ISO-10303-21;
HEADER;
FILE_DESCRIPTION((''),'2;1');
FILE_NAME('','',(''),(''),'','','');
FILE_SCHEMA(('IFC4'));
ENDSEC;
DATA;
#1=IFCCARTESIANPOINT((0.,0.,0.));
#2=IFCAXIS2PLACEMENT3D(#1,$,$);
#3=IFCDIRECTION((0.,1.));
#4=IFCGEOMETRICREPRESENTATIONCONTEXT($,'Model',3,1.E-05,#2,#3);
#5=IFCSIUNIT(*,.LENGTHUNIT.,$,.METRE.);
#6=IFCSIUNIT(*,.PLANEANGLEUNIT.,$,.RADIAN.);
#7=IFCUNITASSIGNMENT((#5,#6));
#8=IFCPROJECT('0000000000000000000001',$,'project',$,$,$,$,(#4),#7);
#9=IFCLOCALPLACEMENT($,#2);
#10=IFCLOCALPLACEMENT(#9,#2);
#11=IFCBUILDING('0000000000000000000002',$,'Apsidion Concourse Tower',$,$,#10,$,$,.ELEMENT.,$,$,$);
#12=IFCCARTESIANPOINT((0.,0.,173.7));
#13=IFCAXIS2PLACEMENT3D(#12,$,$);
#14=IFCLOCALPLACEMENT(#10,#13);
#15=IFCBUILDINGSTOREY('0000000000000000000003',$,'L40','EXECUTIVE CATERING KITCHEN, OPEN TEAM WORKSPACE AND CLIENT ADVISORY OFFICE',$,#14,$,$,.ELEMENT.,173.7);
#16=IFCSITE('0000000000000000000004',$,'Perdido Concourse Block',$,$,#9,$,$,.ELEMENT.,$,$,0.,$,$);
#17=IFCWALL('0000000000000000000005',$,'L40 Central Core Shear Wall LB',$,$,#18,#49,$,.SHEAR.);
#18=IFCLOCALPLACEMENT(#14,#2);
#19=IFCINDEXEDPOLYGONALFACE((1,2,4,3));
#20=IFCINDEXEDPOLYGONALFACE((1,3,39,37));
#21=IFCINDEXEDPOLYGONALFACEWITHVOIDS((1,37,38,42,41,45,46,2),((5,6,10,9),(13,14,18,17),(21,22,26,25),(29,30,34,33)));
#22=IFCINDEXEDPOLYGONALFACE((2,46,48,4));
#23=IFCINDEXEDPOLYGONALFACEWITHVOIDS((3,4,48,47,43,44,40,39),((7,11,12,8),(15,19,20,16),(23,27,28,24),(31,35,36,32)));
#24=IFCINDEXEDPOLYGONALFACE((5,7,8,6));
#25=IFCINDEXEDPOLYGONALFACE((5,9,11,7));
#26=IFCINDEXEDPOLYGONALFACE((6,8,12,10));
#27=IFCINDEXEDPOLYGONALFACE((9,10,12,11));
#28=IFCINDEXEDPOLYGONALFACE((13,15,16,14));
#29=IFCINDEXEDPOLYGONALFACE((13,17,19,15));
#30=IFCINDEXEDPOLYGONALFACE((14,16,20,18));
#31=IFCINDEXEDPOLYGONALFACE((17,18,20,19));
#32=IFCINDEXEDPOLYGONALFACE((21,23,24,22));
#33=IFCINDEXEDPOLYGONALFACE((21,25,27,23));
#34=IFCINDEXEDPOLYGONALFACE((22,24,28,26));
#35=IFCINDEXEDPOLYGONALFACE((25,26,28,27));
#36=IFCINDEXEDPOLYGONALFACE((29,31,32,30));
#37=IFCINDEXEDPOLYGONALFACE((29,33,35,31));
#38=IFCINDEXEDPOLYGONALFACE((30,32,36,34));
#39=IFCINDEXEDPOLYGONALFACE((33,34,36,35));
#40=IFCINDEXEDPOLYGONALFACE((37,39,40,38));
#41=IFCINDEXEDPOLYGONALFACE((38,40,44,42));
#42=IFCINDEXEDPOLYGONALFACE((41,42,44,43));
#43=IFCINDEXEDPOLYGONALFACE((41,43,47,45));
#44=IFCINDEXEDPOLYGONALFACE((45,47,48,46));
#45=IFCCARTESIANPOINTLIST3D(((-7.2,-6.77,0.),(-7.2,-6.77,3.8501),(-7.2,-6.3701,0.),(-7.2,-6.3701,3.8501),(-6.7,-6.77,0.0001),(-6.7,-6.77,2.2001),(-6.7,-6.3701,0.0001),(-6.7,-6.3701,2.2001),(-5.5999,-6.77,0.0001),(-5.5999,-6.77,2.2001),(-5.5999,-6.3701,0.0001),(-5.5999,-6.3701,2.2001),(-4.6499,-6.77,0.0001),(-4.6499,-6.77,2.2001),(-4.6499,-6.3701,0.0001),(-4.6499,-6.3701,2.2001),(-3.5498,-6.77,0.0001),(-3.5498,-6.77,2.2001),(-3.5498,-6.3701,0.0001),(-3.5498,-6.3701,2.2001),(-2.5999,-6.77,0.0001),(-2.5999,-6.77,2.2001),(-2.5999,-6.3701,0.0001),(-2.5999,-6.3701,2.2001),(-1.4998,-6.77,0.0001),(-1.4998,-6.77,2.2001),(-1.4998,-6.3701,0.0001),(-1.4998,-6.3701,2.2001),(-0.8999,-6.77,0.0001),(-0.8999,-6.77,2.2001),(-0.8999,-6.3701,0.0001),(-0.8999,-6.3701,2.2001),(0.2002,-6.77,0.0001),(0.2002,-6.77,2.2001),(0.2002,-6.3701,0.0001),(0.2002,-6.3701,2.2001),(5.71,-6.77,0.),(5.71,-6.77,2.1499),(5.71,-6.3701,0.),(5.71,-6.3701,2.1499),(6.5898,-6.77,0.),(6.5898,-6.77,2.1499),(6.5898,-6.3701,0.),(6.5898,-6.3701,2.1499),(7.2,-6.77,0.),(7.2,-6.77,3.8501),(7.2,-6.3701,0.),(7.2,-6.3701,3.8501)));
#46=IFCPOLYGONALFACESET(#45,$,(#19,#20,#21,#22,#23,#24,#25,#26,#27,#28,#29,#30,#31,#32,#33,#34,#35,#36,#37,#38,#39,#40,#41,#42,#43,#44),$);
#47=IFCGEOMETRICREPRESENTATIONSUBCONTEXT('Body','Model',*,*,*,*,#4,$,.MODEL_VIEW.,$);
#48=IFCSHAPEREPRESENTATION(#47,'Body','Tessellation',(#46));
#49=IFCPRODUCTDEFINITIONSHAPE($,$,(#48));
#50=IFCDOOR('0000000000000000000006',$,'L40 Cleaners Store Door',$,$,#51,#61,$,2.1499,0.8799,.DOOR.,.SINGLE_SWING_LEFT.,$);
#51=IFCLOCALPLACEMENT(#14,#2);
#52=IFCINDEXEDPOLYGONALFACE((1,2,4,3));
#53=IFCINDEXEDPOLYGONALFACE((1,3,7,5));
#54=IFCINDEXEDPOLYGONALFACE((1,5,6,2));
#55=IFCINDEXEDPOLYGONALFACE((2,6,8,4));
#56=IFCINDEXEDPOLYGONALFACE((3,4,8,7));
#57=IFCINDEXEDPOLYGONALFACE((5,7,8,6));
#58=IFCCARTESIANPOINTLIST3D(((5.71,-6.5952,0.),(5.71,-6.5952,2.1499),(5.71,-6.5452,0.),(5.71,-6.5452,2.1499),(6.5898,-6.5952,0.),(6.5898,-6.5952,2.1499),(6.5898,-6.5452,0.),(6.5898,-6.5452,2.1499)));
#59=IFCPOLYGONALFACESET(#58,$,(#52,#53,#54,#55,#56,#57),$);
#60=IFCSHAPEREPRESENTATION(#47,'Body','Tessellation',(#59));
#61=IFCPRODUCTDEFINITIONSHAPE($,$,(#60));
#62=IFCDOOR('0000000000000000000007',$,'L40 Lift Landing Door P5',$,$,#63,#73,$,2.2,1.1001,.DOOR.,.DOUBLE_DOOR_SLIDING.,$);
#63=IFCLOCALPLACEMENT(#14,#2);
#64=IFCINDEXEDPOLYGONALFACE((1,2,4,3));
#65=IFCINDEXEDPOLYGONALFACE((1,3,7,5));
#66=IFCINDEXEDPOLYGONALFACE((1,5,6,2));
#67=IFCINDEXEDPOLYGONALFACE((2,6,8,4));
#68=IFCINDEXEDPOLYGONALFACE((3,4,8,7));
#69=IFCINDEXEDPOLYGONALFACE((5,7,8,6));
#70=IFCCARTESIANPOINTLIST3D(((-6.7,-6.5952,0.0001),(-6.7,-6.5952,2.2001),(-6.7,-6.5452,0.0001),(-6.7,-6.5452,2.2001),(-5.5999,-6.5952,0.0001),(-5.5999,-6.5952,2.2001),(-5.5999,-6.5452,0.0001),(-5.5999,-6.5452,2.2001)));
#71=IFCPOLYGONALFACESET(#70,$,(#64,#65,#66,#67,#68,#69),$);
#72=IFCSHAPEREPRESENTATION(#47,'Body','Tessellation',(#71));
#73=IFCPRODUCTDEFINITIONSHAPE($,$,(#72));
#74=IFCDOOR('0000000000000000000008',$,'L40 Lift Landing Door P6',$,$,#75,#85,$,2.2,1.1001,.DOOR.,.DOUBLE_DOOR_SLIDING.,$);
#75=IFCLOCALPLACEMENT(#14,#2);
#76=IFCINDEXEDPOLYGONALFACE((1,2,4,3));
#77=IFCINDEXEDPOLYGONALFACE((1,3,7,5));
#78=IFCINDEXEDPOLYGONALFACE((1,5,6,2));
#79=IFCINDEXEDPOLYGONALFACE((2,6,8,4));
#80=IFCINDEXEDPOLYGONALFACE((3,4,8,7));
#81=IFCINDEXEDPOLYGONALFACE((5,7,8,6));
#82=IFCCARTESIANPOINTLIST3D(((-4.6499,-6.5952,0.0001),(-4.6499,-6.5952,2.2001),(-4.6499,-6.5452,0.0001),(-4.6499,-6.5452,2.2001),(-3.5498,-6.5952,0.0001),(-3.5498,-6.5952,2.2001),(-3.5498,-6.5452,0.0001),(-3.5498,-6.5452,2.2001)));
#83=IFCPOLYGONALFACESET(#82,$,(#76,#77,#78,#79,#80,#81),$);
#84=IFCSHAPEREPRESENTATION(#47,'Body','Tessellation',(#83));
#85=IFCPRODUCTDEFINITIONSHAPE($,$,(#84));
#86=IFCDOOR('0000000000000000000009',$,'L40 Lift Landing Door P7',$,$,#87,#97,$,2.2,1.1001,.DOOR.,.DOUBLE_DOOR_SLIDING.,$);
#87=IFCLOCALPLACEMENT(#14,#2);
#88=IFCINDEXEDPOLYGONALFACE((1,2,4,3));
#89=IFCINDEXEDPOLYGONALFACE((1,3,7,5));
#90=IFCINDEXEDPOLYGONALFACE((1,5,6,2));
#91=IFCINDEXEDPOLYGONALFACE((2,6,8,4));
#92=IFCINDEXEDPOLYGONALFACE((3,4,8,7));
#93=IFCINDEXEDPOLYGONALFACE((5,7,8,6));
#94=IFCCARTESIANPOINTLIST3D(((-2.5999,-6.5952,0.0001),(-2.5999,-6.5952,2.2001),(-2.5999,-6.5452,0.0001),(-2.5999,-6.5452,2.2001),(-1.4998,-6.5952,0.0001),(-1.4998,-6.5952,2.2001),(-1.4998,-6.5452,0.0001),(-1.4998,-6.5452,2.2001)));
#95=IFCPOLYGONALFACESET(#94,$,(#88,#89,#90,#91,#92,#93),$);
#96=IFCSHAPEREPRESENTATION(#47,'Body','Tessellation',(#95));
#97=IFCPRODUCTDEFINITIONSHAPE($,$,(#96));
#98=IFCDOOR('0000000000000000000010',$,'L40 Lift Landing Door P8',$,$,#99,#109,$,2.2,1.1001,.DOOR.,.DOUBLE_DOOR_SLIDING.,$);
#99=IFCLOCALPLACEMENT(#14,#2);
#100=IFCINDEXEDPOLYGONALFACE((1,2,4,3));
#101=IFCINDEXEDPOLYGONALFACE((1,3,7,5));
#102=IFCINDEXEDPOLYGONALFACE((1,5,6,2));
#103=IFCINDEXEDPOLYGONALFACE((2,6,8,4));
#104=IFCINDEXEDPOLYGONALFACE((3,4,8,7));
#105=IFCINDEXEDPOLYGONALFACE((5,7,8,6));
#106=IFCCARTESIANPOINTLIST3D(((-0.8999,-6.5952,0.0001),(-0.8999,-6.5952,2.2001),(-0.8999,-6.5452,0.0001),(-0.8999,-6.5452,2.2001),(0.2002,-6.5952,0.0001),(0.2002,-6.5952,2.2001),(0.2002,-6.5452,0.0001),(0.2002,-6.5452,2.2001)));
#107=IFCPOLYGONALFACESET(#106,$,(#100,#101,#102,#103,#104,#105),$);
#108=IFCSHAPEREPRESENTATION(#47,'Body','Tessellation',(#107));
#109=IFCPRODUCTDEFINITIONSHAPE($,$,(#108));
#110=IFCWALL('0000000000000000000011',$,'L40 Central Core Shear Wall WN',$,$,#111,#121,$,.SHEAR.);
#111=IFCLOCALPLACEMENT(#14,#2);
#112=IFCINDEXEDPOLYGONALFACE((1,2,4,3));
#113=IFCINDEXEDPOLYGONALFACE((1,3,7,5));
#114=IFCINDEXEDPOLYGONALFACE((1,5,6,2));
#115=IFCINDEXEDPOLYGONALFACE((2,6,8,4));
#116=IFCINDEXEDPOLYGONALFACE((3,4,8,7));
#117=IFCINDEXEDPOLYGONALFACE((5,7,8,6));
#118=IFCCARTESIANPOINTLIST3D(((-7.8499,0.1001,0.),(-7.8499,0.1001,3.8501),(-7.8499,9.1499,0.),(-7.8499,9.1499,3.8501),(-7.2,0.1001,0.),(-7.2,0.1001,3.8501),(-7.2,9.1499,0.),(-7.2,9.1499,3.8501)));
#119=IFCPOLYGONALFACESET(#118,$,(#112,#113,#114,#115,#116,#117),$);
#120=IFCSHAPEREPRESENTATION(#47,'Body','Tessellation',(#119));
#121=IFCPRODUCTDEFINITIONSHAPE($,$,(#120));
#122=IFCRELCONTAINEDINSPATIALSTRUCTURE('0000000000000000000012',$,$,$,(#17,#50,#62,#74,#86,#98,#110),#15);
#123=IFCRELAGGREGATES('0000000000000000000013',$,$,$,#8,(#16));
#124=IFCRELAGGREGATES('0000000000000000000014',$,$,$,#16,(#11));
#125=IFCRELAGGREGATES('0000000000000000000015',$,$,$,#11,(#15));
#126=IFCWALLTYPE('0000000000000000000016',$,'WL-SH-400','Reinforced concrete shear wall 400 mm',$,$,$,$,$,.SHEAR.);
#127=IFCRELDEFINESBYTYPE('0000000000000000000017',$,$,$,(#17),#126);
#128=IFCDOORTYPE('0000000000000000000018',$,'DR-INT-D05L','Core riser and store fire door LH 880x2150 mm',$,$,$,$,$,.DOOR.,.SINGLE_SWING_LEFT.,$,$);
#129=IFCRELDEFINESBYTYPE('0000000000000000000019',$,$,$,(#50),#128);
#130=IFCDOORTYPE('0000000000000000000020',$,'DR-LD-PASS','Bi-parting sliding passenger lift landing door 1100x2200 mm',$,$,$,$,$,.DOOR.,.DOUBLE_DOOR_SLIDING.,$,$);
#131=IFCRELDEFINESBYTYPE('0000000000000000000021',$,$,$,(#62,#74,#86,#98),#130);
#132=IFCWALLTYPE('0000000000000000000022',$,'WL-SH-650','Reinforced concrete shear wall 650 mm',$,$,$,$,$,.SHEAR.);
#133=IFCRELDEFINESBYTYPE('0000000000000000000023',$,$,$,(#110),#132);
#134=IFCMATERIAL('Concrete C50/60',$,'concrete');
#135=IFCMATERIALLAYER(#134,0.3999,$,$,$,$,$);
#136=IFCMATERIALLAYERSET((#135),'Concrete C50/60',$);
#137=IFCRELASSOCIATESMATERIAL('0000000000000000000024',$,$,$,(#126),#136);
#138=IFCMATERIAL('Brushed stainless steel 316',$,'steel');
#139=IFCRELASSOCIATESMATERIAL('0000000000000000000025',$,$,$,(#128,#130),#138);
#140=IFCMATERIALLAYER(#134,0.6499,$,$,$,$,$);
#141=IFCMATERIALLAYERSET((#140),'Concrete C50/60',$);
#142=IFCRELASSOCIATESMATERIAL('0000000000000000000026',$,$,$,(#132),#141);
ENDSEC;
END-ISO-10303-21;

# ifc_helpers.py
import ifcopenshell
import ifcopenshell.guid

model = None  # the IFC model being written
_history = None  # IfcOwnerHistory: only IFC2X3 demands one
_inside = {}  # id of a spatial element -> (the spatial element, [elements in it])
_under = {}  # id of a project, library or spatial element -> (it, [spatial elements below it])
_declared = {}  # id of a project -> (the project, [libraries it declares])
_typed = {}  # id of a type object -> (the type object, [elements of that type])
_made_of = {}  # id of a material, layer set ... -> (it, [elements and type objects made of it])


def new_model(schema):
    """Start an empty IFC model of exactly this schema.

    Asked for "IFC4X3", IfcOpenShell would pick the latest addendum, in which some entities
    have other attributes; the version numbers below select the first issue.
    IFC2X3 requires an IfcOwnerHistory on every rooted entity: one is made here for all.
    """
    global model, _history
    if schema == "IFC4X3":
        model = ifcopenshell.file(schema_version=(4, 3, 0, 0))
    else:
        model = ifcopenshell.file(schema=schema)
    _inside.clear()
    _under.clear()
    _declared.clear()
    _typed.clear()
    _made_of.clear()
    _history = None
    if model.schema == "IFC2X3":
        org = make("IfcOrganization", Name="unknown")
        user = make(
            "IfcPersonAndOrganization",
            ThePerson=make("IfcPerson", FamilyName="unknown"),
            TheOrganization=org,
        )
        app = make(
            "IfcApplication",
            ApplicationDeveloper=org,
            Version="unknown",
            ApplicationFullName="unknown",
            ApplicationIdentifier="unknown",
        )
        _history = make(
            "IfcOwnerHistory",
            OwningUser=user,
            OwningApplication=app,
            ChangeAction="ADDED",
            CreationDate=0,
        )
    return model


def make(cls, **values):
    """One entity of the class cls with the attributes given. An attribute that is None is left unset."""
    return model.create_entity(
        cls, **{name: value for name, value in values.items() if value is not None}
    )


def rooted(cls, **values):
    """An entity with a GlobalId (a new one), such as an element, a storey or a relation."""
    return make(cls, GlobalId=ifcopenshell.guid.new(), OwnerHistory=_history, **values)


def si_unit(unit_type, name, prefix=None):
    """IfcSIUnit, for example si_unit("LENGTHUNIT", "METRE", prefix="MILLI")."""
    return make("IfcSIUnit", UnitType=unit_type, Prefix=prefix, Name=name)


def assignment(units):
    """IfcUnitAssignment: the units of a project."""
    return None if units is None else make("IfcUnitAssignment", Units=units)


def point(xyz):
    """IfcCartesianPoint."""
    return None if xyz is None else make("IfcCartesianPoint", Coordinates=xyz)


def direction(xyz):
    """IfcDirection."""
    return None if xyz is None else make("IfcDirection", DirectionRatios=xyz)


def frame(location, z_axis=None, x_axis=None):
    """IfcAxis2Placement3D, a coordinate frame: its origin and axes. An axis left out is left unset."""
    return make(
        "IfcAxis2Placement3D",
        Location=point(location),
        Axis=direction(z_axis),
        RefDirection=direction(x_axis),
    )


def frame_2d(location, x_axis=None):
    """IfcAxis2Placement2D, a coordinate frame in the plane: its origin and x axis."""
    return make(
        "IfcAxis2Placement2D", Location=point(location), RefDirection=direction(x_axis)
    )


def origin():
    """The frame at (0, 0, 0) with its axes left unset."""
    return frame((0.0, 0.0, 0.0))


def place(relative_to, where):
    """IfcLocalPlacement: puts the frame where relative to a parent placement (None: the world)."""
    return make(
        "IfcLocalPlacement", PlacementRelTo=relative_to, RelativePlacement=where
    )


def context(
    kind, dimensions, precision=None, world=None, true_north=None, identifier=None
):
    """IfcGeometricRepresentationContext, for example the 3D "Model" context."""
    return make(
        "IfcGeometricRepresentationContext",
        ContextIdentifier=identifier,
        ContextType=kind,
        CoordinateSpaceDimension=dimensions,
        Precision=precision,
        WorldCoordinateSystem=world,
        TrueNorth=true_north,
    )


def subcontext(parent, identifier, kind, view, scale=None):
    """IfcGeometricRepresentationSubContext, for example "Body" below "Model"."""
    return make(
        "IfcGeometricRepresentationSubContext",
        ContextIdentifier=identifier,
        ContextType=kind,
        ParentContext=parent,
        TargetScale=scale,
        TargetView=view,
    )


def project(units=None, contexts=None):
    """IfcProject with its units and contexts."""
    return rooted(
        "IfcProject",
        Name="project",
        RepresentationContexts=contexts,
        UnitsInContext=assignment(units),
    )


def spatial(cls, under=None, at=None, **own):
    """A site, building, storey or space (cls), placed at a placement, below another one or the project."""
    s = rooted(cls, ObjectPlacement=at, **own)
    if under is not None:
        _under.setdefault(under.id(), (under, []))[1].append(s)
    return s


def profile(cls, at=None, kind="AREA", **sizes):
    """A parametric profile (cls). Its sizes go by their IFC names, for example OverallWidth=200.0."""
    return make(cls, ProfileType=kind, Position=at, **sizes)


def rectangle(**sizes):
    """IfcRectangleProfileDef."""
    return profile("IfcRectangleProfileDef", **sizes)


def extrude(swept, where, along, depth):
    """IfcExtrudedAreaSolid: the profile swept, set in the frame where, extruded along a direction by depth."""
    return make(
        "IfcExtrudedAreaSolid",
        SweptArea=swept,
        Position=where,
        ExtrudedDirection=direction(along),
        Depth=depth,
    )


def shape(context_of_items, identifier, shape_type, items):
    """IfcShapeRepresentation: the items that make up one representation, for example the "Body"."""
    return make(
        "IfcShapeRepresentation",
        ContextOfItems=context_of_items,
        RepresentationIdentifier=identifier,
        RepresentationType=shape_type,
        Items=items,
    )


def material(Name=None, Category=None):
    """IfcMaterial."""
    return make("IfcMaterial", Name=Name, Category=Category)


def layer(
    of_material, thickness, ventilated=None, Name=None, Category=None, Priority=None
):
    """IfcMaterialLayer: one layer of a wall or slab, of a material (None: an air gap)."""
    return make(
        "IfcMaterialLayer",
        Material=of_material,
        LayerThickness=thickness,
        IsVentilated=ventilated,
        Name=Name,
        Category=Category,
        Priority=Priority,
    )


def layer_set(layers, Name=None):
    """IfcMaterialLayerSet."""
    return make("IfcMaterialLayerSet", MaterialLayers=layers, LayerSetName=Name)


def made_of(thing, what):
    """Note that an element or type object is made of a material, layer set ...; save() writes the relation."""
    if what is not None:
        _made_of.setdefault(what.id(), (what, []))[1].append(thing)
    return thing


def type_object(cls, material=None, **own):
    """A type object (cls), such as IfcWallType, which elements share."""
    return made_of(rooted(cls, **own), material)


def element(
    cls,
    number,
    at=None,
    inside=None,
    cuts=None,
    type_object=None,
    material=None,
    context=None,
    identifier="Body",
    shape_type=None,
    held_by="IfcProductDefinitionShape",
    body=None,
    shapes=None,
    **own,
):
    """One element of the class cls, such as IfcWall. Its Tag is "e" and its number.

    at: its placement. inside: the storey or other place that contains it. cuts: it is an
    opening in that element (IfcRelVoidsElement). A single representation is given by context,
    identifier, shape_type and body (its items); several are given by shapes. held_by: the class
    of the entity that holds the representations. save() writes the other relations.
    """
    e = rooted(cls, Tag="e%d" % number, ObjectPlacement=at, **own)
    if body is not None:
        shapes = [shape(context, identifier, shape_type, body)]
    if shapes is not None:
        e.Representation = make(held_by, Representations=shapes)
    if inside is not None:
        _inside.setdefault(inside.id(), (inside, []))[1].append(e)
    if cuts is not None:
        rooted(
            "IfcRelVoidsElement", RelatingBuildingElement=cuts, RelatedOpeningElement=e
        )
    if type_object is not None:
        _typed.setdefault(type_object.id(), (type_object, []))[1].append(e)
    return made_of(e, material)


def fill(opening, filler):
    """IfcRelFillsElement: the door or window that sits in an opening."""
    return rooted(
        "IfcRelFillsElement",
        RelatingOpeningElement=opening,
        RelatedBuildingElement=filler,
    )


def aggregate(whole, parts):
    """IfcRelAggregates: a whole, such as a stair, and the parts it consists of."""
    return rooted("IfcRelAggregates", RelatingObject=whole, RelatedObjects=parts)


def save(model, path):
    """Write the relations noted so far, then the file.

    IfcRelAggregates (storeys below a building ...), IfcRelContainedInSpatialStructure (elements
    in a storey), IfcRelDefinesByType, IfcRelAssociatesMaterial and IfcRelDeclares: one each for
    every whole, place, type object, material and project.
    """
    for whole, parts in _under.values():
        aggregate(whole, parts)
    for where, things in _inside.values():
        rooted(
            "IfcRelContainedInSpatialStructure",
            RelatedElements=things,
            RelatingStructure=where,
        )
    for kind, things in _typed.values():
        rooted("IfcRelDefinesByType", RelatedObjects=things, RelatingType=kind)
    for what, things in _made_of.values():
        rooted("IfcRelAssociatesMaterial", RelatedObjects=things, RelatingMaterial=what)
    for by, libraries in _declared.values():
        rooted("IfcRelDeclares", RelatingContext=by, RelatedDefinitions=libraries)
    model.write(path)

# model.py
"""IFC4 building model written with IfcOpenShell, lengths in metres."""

from ifc_helpers import new_model, si_unit, direction, frame, frame_2d, origin, place, context, subcontext, project, spatial, rectangle, extrude, material, layer, layer_set, type_object, element, fill, save


model = new_model("IFC4")

# Units and contexts
model_context = context("Model", 3, precision=1e-05, world=origin(), true_north=direction((0.0, 1.0)))
body_context = subcontext(model_context, "Body", "Model", "MODEL_VIEW")
ifc_project = project(units=[si_unit("LENGTHUNIT", "METRE"), si_unit("PLANEANGLEUNIT", "RADIAN")], contexts=[model_context])

# Site, building, storey
site_placement = place(None, origin())
site = spatial("IfcSite", under=ifc_project, at=site_placement, Name="Perdido Concourse Block", CompositionType="ELEMENT", RefElevation=0.0)
building_placement = place(site_placement, origin())
building = spatial("IfcBuilding", under=site, at=building_placement, Name="Apsidion Concourse Tower", CompositionType="ELEMENT")
storey_placement = place(building_placement, frame((0.0, 0.0, 173.7)))
storey = spatial("IfcBuildingStorey", under=building, at=storey_placement, Name="L40", Description="EXECUTIVE CATERING KITCHEN, OPEN TEAM WORKSPACE AND CLIENT ADVISORY OFFICE", CompositionType="ELEMENT", Elevation=173.7)

# Shared definitions
ifc_material_1 = material(Name="Concrete C50/60", Category="concrete")

# Shared definitions
ifc_material_2 = material(Name="Brushed stainless steel 316", Category="steel")

# Shared definitions
ifc_layer_1 = layer(ifc_material_1, 0.3999)
ifc_layer_set_1 = layer_set([ifc_layer_1], Name="Concrete C50/60")
wall_type_1 = type_object("IfcWallType", Name="WL-SH-400", Description="Reinforced concrete shear wall 400 mm", PredefinedType="SHEAR", material=ifc_layer_set_1)

# Wall, openings, doors
wall_1_placement = place(storey_placement, frame((-7.2, -6.5701, 0.0), z_axis=(0.0, 0.0, 1.0), x_axis=(1.0, 0.0, 0.0)))
wall_1 = element("IfcWall", 1, at=wall_1_placement, inside=storey, type_object=wall_type_1, Name="L40 Central Core Shear Wall LB", PredefinedType="SHEAR", context=body_context, shape_type="SweptSolid", body=[
    extrude(rectangle(XDim=14.3999, YDim=0.3999, at=frame_2d((7.2, 0.0))), origin(), (0.0, 0.0, 1.0), 3.8501),
])
opening_1_placement = place(wall_1_placement, frame((0.5, 0.0, 0.0)))
opening_1 = element("IfcOpeningElement", 2, at=opening_1_placement, cuts=wall_1, PredefinedType="OPENING", context=body_context, shape_type="SweptSolid", body=[
    extrude(rectangle(XDim=1.1001, YDim=2.2, at=frame_2d((0.55, 1.1001))), frame((0.0, 0.21, 0.0), z_axis=(0.0, -1.0, 0.0), x_axis=(1.0, 0.0, 0.0)), (0.0, 0.0, 1.0), 0.4199),
])
opening_2_placement = place(wall_1_placement, frame((2.55, 0.0, 0.0)))
opening_2 = element("IfcOpeningElement", 3, at=opening_2_placement, cuts=wall_1, PredefinedType="OPENING", context=body_context, shape_type="SweptSolid", body=[
    extrude(rectangle(XDim=1.1001, YDim=2.2, at=frame_2d((0.55, 1.1001))), frame((0.0, 0.21, 0.0), z_axis=(0.0, -1.0, 0.0), x_axis=(1.0, 0.0, 0.0)), (0.0, 0.0, 1.0), 0.4199),
])
opening_3_placement = place(wall_1_placement, frame((4.6001, 0.0, 0.0)))
opening_3 = element("IfcOpeningElement", 4, at=opening_3_placement, cuts=wall_1, PredefinedType="OPENING", context=body_context, shape_type="SweptSolid", body=[
    extrude(rectangle(XDim=1.1001, YDim=2.2, at=frame_2d((0.55, 1.1001))), frame((0.0, 0.21, 0.0), z_axis=(0.0, -1.0, 0.0), x_axis=(1.0, 0.0, 0.0)), (0.0, 0.0, 1.0), 0.4199),
])
opening_4_placement = place(wall_1_placement, frame((6.3, 0.0, 0.0)))
opening_4 = element("IfcOpeningElement", 5, at=opening_4_placement, cuts=wall_1, PredefinedType="OPENING", context=body_context, shape_type="SweptSolid", body=[
    extrude(rectangle(XDim=1.1001, YDim=2.2, at=frame_2d((0.55, 1.1001))), frame((0.0, 0.21, 0.0), z_axis=(0.0, -1.0, 0.0), x_axis=(1.0, 0.0, 0.0)), (0.0, 0.0, 1.0), 0.4199),
])
opening_5_placement = place(wall_1_placement, frame((12.9099, 0.0, 0.0)))
opening_5 = element("IfcOpeningElement", 6, at=opening_5_placement, cuts=wall_1, PredefinedType="OPENING", context=body_context, shape_type="SweptSolid", body=[
    extrude(rectangle(XDim=0.8799, YDim=2.1499, at=frame_2d((0.4399, 1.075))), frame((0.0, 0.21, 0.0), z_axis=(0.0, -1.0, 0.0), x_axis=(1.0, 0.0, 0.0)), (0.0, 0.0, 1.0), 0.4199),
])
door_type_1 = type_object("IfcDoorType", Name="DR-INT-D05L", Description="Core riser and store fire door LH 880x2150 mm", OperationType="SINGLE_SWING_LEFT", PredefinedType="DOOR", material=ifc_material_2)
door_1_placement = place(opening_5_placement, origin())
door_1 = element("IfcDoor", 7, at=door_1_placement, inside=storey, type_object=door_type_1, Name="L40 Cleaners Store Door", OperationType="SINGLE_SWING_LEFT", OverallHeight=2.1499, OverallWidth=0.8799, PredefinedType="DOOR", context=body_context, shape_type="SweptSolid", body=[
    extrude(rectangle(XDim=0.8799, YDim=2.1499, at=frame_2d((0.4399, 1.075))), frame((0.0, 0.0249, 0.0), z_axis=(0.0, -1.0, 0.0), x_axis=(1.0, 0.0, 0.0)), (0.0, 0.0, 1.0), 0.05),
])
fill(opening_5, door_1)
door_type_2 = type_object("IfcDoorType", Name="DR-LD-PASS", Description="Bi-parting sliding passenger lift landing door 1100x2200 mm", OperationType="DOUBLE_DOOR_SLIDING", PredefinedType="DOOR", material=ifc_material_2)
door_2_placement = place(opening_1_placement, origin())
door_2 = element("IfcDoor", 8, at=door_2_placement, inside=storey, type_object=door_type_2, Name="L40 Lift Landing Door P5", OperationType="DOUBLE_DOOR_SLIDING", OverallHeight=2.2, OverallWidth=1.1001, PredefinedType="DOOR", context=body_context, shape_type="SweptSolid", body=[
    extrude(rectangle(XDim=1.1001, YDim=2.2, at=frame_2d((0.55, 1.1001))), frame((0.0, 0.0249, 0.0), z_axis=(0.0, -1.0, 0.0), x_axis=(1.0, 0.0, 0.0)), (0.0, 0.0, 1.0), 0.05),
])
fill(opening_1, door_2)
door_3_placement = place(opening_2_placement, origin())
door_3 = element("IfcDoor", 9, at=door_3_placement, inside=storey, type_object=door_type_2, Name="L40 Lift Landing Door P6", OperationType="DOUBLE_DOOR_SLIDING", OverallHeight=2.2, OverallWidth=1.1001, PredefinedType="DOOR", context=body_context, shape_type="SweptSolid", body=[
    extrude(rectangle(XDim=1.1001, YDim=2.2, at=frame_2d((0.55, 1.1001))), frame((0.0, 0.0249, 0.0), z_axis=(0.0, -1.0, 0.0), x_axis=(1.0, 0.0, 0.0)), (0.0, 0.0, 1.0), 0.05),
])
fill(opening_2, door_3)
door_4_placement = place(opening_3_placement, origin())
door_4 = element("IfcDoor", 10, at=door_4_placement, inside=storey, type_object=door_type_2, Name="L40 Lift Landing Door P7", OperationType="DOUBLE_DOOR_SLIDING", OverallHeight=2.2, OverallWidth=1.1001, PredefinedType="DOOR", context=body_context, shape_type="SweptSolid", body=[
    extrude(rectangle(XDim=1.1001, YDim=2.2, at=frame_2d((0.55, 1.1001))), frame((0.0, 0.0249, 0.0), z_axis=(0.0, -1.0, 0.0), x_axis=(1.0, 0.0, 0.0)), (0.0, 0.0, 1.0), 0.05),
])
fill(opening_3, door_4)
door_5_placement = place(opening_4_placement, origin())
door_5 = element("IfcDoor", 11, at=door_5_placement, inside=storey, type_object=door_type_2, Name="L40 Lift Landing Door P8", OperationType="DOUBLE_DOOR_SLIDING", OverallHeight=2.2, OverallWidth=1.1001, PredefinedType="DOOR", context=body_context, shape_type="SweptSolid", body=[
    extrude(rectangle(XDim=1.1001, YDim=2.2, at=frame_2d((0.55, 1.1001))), frame((0.0, 0.0249, 0.0), z_axis=(0.0, -1.0, 0.0), x_axis=(1.0, 0.0, 0.0)), (0.0, 0.0, 1.0), 0.05),
])
fill(opening_4, door_5)

# Wall
ifc_layer_2 = layer(ifc_material_1, 0.6499)
ifc_layer_set_2 = layer_set([ifc_layer_2], Name="Concrete C50/60")
wall_type_2 = type_object("IfcWallType", Name="WL-SH-650", Description="Reinforced concrete shear wall 650 mm", PredefinedType="SHEAR", material=ifc_layer_set_2)
wall_2_placement = place(storey_placement, frame((-7.5249, 0.1001, 0.0), z_axis=(0.0, 0.0, 1.0), x_axis=(0.0, 1.0, 0.0)))
element("IfcWall", 12, at=wall_2_placement, inside=storey, type_object=wall_type_2, Name="L40 Central Core Shear Wall WN", PredefinedType="SHEAR", context=body_context, shape_type="SweptSolid", body=[
    extrude(rectangle(XDim=9.0498, YDim=0.6499, at=frame_2d((4.5249, 0.0))), origin(), (0.0, 0.0, 1.0), 3.8501),
])

save(model, "model.ifc")
